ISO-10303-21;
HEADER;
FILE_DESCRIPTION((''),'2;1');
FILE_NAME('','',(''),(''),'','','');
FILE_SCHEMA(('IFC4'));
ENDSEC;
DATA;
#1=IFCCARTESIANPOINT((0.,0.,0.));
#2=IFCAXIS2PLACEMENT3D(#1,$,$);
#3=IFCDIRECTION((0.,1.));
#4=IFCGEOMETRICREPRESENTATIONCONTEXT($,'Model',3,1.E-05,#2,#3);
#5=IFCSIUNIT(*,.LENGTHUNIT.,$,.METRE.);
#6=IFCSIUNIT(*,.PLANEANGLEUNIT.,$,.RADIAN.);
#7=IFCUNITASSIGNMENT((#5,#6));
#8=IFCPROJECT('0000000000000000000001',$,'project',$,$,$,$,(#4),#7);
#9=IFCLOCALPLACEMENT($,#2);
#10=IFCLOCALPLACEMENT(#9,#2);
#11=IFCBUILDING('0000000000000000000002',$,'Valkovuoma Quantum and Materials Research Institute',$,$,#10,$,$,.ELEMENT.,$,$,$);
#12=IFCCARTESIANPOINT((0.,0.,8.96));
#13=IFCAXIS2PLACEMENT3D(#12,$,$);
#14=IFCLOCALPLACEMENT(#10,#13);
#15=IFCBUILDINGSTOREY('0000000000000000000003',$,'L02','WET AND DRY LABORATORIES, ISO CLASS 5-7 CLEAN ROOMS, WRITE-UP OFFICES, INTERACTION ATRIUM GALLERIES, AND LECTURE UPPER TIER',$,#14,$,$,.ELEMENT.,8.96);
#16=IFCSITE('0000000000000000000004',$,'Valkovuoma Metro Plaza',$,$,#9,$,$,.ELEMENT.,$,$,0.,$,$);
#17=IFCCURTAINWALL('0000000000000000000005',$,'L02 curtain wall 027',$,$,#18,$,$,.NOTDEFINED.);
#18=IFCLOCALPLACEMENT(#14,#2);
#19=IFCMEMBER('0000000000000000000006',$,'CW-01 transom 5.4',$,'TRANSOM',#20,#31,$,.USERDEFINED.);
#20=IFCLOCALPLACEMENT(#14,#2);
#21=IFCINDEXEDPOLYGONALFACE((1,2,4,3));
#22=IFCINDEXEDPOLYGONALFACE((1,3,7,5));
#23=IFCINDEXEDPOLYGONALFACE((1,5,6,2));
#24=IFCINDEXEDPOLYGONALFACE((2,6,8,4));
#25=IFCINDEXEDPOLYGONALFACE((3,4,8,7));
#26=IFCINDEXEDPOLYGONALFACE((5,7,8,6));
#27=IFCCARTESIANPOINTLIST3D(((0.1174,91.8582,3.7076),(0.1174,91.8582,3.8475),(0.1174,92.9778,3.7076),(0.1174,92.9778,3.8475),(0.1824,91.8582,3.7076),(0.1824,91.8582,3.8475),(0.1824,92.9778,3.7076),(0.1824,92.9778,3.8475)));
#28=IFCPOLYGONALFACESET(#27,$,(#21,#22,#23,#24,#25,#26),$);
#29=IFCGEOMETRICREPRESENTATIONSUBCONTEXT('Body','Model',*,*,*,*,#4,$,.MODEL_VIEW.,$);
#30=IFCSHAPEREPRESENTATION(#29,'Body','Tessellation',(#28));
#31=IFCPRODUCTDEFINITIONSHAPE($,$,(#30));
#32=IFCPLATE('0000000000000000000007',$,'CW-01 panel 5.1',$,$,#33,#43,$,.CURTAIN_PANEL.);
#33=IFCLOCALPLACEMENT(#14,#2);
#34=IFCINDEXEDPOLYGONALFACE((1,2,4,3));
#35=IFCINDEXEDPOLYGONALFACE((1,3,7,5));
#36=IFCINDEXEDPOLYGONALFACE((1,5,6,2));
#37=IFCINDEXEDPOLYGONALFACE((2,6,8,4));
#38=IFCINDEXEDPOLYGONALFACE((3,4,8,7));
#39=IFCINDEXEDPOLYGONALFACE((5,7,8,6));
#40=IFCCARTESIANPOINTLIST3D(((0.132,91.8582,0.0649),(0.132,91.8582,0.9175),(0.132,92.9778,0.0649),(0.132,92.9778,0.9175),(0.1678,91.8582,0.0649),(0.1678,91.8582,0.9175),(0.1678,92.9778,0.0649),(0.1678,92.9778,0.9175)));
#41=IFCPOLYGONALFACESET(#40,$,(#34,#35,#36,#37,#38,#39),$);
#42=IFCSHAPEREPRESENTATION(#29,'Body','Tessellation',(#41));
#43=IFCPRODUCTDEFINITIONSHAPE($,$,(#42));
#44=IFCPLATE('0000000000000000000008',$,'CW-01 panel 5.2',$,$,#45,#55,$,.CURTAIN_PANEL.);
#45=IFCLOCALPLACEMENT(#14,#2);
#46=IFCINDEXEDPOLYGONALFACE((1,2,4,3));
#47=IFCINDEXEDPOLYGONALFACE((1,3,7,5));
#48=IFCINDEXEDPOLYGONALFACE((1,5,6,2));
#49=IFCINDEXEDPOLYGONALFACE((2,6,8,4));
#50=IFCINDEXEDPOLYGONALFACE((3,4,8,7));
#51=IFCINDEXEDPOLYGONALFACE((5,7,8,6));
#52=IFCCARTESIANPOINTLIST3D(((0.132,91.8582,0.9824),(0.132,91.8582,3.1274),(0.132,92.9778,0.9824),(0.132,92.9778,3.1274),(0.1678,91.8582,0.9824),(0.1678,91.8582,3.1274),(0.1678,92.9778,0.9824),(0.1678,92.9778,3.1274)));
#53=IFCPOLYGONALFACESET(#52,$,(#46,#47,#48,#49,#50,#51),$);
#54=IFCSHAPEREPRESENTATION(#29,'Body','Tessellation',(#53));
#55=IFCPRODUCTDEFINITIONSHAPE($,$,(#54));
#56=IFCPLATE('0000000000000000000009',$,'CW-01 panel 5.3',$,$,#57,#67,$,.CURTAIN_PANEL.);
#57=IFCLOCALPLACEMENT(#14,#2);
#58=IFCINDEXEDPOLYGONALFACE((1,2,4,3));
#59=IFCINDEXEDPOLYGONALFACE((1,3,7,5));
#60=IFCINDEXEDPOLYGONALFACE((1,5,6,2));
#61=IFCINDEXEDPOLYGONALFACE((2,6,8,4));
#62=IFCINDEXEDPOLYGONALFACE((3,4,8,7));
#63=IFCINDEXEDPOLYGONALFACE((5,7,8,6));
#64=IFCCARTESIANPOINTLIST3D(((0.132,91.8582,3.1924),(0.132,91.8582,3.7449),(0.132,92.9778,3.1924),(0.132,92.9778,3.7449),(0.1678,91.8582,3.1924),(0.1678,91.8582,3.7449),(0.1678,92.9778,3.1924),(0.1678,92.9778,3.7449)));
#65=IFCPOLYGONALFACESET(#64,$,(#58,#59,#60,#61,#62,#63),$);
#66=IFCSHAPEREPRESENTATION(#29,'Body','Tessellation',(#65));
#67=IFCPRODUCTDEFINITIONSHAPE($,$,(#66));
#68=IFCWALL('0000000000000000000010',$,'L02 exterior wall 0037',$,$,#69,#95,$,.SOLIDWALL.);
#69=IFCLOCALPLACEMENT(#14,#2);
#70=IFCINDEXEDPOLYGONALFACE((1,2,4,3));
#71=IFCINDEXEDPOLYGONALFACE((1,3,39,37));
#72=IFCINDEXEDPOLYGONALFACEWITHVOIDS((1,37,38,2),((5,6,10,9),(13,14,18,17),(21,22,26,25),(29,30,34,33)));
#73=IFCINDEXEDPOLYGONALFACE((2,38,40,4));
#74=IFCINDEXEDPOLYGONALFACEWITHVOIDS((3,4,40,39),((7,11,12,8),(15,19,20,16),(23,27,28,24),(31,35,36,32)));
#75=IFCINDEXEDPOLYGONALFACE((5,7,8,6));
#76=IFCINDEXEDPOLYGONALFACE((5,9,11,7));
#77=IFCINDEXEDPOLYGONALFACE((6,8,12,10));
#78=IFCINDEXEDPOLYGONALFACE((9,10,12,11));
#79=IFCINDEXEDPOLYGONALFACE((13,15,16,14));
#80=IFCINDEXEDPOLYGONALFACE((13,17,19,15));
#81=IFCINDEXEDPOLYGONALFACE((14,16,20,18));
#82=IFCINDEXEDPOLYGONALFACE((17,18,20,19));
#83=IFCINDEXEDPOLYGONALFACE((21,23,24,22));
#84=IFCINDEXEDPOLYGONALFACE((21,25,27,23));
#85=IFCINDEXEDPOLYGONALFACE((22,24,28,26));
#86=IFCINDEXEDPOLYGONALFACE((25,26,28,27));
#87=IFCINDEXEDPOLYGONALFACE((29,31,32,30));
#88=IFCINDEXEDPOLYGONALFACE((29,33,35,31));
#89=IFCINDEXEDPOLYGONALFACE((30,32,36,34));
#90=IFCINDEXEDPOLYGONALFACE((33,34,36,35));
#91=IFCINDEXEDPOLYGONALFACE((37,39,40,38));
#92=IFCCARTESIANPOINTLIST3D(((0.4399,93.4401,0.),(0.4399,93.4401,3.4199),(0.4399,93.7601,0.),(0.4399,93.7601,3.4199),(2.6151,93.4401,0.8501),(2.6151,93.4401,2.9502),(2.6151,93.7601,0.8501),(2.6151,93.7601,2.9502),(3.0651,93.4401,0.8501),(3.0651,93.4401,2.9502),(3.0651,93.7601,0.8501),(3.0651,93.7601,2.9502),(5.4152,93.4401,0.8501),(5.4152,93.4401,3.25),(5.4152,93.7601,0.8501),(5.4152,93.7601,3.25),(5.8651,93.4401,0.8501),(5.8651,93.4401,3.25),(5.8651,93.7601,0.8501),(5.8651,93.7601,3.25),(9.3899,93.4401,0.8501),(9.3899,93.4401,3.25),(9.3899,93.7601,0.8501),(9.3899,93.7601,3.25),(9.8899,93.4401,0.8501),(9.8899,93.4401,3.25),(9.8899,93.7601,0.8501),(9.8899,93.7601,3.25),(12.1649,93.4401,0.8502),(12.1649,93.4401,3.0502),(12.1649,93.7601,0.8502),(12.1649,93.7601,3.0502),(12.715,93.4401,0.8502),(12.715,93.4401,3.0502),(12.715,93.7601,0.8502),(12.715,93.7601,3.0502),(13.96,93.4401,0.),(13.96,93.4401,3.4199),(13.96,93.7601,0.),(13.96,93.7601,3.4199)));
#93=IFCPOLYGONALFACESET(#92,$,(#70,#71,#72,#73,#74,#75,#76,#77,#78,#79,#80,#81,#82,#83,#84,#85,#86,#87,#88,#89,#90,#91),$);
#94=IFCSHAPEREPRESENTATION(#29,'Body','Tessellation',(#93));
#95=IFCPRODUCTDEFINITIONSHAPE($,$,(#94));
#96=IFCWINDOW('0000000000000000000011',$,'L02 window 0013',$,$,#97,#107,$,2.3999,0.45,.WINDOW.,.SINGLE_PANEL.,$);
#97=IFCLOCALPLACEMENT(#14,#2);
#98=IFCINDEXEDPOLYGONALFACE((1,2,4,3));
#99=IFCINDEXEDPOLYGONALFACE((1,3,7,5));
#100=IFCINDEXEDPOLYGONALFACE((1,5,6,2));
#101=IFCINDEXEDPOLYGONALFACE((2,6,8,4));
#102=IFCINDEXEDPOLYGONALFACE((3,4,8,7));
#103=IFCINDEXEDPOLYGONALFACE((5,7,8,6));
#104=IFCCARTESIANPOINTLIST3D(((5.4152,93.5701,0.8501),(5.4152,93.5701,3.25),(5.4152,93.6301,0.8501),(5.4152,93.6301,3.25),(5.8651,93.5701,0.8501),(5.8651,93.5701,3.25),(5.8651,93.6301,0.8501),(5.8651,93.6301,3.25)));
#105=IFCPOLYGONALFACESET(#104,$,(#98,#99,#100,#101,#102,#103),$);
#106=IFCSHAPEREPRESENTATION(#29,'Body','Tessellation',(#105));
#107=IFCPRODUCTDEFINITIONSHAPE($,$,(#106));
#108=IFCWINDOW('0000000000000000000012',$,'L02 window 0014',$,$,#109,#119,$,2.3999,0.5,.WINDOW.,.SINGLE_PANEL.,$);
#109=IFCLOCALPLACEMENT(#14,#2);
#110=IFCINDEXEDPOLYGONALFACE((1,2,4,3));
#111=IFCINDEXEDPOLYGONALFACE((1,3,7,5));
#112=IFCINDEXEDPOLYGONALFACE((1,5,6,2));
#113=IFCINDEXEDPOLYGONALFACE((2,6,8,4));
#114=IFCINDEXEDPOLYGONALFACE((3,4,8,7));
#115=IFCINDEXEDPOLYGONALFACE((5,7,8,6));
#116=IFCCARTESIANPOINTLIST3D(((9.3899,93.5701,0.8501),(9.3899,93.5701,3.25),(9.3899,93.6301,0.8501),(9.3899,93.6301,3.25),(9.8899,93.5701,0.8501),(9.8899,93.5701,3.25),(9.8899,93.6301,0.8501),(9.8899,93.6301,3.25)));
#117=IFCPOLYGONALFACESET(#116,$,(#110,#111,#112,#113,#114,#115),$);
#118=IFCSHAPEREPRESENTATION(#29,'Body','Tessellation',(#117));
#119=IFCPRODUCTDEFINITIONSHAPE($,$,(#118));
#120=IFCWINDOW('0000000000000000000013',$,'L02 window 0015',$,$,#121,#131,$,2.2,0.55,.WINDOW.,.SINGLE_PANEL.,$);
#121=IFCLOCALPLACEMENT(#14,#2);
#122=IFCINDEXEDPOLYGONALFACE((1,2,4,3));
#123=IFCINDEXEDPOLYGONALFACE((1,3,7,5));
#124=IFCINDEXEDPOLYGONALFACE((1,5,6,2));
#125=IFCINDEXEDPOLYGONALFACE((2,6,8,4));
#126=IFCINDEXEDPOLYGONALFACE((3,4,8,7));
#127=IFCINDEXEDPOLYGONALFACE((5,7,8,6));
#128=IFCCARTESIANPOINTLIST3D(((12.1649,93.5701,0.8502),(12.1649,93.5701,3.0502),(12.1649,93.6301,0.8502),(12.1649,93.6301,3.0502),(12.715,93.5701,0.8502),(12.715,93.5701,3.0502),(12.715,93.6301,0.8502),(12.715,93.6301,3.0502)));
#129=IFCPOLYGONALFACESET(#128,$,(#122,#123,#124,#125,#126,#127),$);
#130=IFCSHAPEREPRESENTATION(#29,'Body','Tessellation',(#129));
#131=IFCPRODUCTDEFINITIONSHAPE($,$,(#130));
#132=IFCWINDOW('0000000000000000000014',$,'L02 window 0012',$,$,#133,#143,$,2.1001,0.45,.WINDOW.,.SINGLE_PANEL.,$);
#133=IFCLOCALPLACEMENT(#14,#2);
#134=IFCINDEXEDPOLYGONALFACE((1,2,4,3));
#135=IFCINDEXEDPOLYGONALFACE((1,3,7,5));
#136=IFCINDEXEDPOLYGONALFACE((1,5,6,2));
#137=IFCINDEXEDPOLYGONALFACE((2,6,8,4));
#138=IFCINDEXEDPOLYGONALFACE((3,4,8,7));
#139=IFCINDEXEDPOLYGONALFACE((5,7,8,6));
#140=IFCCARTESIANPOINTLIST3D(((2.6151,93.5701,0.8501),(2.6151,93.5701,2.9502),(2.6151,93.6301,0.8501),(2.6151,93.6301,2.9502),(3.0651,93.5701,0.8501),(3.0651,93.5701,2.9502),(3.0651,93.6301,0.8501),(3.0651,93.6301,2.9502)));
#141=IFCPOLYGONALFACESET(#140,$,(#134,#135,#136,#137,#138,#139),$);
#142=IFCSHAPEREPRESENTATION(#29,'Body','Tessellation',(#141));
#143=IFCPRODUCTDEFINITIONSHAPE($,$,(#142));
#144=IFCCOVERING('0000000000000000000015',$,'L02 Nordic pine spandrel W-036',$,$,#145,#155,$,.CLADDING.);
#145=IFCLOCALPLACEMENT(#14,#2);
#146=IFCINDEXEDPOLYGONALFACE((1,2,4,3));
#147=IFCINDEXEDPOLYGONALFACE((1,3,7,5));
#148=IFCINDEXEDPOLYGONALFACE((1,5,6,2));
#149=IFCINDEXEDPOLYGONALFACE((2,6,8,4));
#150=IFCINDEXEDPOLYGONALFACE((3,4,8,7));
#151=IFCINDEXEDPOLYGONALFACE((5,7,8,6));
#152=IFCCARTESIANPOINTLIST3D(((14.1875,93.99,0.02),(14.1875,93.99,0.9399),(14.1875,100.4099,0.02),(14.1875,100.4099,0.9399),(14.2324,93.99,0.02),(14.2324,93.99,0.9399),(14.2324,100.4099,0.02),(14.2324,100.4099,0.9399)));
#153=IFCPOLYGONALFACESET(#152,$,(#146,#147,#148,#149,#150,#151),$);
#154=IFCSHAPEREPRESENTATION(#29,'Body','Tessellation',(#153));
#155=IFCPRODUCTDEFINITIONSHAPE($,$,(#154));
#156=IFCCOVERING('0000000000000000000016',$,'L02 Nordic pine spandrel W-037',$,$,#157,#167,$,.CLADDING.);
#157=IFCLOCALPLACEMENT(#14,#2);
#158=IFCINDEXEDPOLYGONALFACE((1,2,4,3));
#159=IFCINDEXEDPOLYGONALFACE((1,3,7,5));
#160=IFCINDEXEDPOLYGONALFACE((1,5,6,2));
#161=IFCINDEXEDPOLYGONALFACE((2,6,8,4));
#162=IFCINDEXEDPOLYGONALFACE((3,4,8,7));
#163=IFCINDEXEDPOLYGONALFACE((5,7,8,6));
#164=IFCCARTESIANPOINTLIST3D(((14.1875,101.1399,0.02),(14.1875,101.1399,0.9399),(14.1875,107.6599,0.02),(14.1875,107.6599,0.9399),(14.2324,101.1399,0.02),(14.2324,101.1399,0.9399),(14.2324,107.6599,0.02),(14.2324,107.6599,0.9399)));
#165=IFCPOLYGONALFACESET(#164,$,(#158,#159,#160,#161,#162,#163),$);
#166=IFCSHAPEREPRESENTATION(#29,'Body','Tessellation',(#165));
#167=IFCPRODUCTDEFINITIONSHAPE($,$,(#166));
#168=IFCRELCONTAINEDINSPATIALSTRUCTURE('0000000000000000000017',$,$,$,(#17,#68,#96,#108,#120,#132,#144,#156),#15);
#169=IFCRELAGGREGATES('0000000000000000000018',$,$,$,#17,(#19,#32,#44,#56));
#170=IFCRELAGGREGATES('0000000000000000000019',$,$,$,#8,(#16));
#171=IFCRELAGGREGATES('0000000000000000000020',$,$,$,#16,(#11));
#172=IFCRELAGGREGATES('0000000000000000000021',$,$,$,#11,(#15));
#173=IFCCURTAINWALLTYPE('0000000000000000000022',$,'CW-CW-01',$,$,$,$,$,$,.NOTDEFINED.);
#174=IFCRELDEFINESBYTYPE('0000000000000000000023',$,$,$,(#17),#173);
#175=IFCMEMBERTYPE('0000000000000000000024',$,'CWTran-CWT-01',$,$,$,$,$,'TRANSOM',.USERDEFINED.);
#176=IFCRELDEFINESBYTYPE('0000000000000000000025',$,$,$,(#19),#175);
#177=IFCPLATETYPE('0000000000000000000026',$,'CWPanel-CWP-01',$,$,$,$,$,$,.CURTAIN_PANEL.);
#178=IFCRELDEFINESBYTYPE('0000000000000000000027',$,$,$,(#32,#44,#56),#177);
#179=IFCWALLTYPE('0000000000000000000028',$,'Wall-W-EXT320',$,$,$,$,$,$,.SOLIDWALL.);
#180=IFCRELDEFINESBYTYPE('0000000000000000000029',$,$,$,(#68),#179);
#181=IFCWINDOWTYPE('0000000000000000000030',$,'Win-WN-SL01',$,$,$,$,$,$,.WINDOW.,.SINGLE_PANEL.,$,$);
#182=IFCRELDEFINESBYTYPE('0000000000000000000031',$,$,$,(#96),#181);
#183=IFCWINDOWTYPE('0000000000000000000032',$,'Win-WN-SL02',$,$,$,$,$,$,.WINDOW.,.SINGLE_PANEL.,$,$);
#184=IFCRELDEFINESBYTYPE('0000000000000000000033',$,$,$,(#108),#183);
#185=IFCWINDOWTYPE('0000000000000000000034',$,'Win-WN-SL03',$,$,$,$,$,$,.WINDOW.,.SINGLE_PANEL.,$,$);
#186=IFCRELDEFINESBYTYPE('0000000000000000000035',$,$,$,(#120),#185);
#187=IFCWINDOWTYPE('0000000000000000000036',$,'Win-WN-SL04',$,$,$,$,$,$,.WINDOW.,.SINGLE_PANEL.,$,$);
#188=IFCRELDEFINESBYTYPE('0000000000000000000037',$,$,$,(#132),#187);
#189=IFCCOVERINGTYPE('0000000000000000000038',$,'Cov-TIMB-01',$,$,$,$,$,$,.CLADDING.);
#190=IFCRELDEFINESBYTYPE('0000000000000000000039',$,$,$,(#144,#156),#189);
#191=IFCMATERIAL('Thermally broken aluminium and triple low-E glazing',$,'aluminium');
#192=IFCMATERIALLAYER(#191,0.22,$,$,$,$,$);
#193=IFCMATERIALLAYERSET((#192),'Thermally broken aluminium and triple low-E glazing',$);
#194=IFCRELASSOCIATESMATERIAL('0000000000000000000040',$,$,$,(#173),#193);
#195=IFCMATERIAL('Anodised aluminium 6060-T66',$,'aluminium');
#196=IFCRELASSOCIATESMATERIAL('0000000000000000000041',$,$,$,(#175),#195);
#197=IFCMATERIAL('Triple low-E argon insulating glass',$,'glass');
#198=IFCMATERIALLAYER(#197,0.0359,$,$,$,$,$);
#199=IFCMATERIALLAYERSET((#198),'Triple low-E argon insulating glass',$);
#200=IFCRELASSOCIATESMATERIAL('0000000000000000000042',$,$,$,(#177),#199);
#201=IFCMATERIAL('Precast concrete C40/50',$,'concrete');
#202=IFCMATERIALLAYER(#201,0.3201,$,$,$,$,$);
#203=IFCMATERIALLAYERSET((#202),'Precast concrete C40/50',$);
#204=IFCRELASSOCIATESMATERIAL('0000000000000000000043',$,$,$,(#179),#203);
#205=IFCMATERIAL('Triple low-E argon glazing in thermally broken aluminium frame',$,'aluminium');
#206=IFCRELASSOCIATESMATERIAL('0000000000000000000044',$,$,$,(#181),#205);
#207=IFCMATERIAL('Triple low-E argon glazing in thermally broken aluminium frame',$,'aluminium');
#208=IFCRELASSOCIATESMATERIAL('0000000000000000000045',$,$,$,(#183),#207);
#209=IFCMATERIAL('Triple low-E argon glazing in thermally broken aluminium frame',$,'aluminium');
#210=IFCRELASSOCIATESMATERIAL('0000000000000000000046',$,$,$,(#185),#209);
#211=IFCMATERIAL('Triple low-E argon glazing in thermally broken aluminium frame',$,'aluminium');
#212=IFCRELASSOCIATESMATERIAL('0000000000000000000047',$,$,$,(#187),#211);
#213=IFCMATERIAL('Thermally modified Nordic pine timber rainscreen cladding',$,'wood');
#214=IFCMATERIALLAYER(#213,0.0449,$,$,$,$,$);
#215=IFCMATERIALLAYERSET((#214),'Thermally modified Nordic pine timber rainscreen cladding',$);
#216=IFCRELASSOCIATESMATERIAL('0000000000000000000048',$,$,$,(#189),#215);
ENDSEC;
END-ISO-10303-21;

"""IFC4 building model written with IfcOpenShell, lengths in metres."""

from ifc_helpers import new_model, si_unit, direction, frame, frame_2d, origin, origin_2d, place, context, subcontext, project, spatial, rectangle, extrude, material, layer, layer_set, material_profile, profile_set, type_object, element, fill, aggregate, save


model = new_model("IFC4")

# Units and contexts
model_context = context("Model", 3, precision=1e-05, world=origin(), true_north=direction((0.0, 1.0)))
body_context = subcontext(model_context, "Body", "Model", "MODEL_VIEW")
ifc_project = project(units=[si_unit("LENGTHUNIT", "METRE"), si_unit("PLANEANGLEUNIT", "RADIAN")], contexts=[model_context])

# Site, building, storey
site_placement = place(None, origin())
site = spatial("IfcSite", under=ifc_project, at=site_placement, Name="Valkovuoma Metro Plaza", CompositionType="ELEMENT", RefElevation=0.0)
building_placement = place(site_placement, origin())
building = spatial("IfcBuilding", under=site, at=building_placement, Name="Valkovuoma Quantum and Materials Research Institute", CompositionType="ELEMENT")
storey_placement = place(building_placement, frame((0.0, 0.0, 8.96)))
storey = spatial("IfcBuildingStorey", under=building, at=storey_placement, Name="L02", Description="WET AND DRY LABORATORIES, ISO CLASS 5-7 CLEAN ROOMS, WRITE-UP OFFICES, INTERACTION ATRIUM GALLERIES, AND LECTURE UPPER TIER", CompositionType="ELEMENT", Elevation=8.96)

# Curtain wall, member, plates
ifc_material_1 = material(Name="Thermally broken aluminium and triple low-E glazing", Category="aluminium")
ifc_layer_1 = layer(ifc_material_1, 0.22)
ifc_layer_set_1 = layer_set([ifc_layer_1], Name="Thermally broken aluminium and triple low-E glazing")
curtain_wall_type = type_object("IfcCurtainWallType", Name="CW-CW-01", PredefinedType="NOTDEFINED", material=ifc_layer_set_1)
curtain_wall_placement = place(storey_placement, origin())
curtain_wall = element("IfcCurtainWall", 1, at=curtain_wall_placement, inside=storey, type_object=curtain_wall_type, Name="L02 curtain wall 027", PredefinedType="NOTDEFINED")
ifc_material_2 = material(Name="Anodised aluminium 6060-T66", Category="aluminium")
ifc_material_profile_1 = material_profile(ifc_material_2, rectangle(XDim=0.0649, YDim=0.1399, at=origin_2d()), Name="Anodised aluminium 6060-T66")
ifc_profile_set_1 = profile_set([ifc_material_profile_1], Name="Anodised aluminium 6060-T66")
member_type_1 = type_object("IfcMemberType", Name="CWTran-CWT-01", ElementType="TRANSOM", PredefinedType="USERDEFINED", material=ifc_profile_set_1)
member_1_placement = place(storey_placement, frame((0.1499, 91.8582, 3.7776), z_axis=(0.0, 1.0, 0.0), x_axis=(-1.0, 0.0, 0.0)))
member_1 = element("IfcMember", 2, at=member_1_placement, type_object=member_type_1, Name="CW-01 transom 5.4", ObjectType="TRANSOM", PredefinedType="USERDEFINED", context=body_context, shape_type="SweptSolid", body=[
    extrude(rectangle(XDim=0.0649, YDim=0.1399, at=origin_2d()), origin(), (0.0, 0.0, 1.0), 1.1196),
])
ifc_material_3 = material(Name="Triple low-E argon insulating glass", Category="glass")
ifc_layer_2 = layer(ifc_material_3, 0.0359)
ifc_layer_set_2 = layer_set([ifc_layer_2], Name="Triple low-E argon insulating glass")
plate_type = type_object("IfcPlateType", Name="CWPanel-CWP-01", PredefinedType="CURTAIN_PANEL", material=ifc_layer_set_2)
plate_1_placement = place(storey_placement, frame((0.1499, 92.418, 0.0649), z_axis=(0.0, 0.0, 1.0), x_axis=(0.0, 1.0, 0.0)))
plate_1 = element("IfcPlate", 3, at=plate_1_placement, type_object=plate_type, Name="CW-01 panel 5.1", PredefinedType="CURTAIN_PANEL", context=body_context, shape_type="SweptSolid", body=[
    extrude(rectangle(XDim=1.1196, YDim=0.0359, at=origin_2d()), origin(), (0.0, 0.0, 1.0), 0.8525),
])
plate_2_placement = place(storey_placement, frame((0.1499, 92.418, 0.9824), z_axis=(0.0, 0.0, 1.0), x_axis=(0.0, 1.0, 0.0)))
plate_2 = element("IfcPlate", 4, at=plate_2_placement, type_object=plate_type, Name="CW-01 panel 5.2", PredefinedType="CURTAIN_PANEL", context=body_context, shape_type="SweptSolid", body=[
    extrude(rectangle(XDim=1.1196, YDim=0.0359, at=origin_2d()), origin(), (0.0, 0.0, 1.0), 2.145),
])
plate_3_placement = place(storey_placement, frame((0.1499, 92.418, 3.1924), z_axis=(0.0, 0.0, 1.0), x_axis=(0.0, 1.0, 0.0)))
plate_3 = element("IfcPlate", 5, at=plate_3_placement, type_object=plate_type, Name="CW-01 panel 5.3", PredefinedType="CURTAIN_PANEL", context=body_context, shape_type="SweptSolid", body=[
    extrude(rectangle(XDim=1.1196, YDim=0.0359, at=origin_2d()), origin(), (0.0, 0.0, 1.0), 0.5525),
])
aggregate(curtain_wall, [member_1, plate_1, plate_2, plate_3])

# Wall, openings, windows
ifc_material_4 = material(Name="Precast concrete C40/50", Category="concrete")
ifc_layer_3 = layer(ifc_material_4, 0.3201)
ifc_layer_set_3 = layer_set([ifc_layer_3], Name="Precast concrete C40/50")
wall_type = type_object("IfcWallType", Name="Wall-W-EXT320", PredefinedType="SOLIDWALL", material=ifc_layer_set_3)
wall_placement = place(storey_placement, frame((0.4399, 93.6001, 0.0), z_axis=(0.0, 0.0, 1.0), x_axis=(1.0, 0.0, 0.0)))
wall = element("IfcWall", 6, at=wall_placement, inside=storey, type_object=wall_type, Name="L02 exterior wall 0037", PredefinedType="SOLIDWALL", context=body_context, shape_type="SweptSolid", body=[
    extrude(rectangle(XDim=13.52, YDim=0.3201, at=frame_2d((6.76, 0.0))), origin(), (0.0, 0.0, 1.0), 3.4199),
])
opening_1_placement = place(wall_placement, frame((2.175, 0.0, 0.8501)))
opening_1 = element("IfcOpeningElement", 7, at=opening_1_placement, cuts=wall, PredefinedType="OPENING", context=body_context, shape_type="SweptSolid", body=[
    extrude(rectangle(XDim=0.45, YDim=2.1001, at=frame_2d((0.2251, 1.05))), frame((0.0, 0.1699, 0.0), z_axis=(0.0, -1.0, 0.0), x_axis=(1.0, 0.0, 0.0)), (0.0, 0.0, 1.0), 0.3401),
])
opening_2_placement = place(wall_placement, frame((4.9751, 0.0, 0.8501)))
opening_2 = element("IfcOpeningElement", 8, at=opening_2_placement, cuts=wall, PredefinedType="OPENING", context=body_context, shape_type="SweptSolid", body=[
    extrude(rectangle(XDim=0.45, YDim=2.3999, at=frame_2d((0.2251, 1.2))), frame((0.0, 0.1699, 0.0), z_axis=(0.0, -1.0, 0.0), x_axis=(1.0, 0.0, 0.0)), (0.0, 0.0, 1.0), 0.3401),
])
opening_3_placement = place(wall_placement, frame((8.95, 0.0, 0.8501)))
opening_3 = element("IfcOpeningElement", 9, at=opening_3_placement, cuts=wall, PredefinedType="OPENING", context=body_context, shape_type="SweptSolid", body=[
    extrude(rectangle(XDim=0.5, YDim=2.3999, at=frame_2d((0.25, 1.2))), frame((0.0, 0.1699, 0.0), z_axis=(0.0, -1.0, 0.0), x_axis=(1.0, 0.0, 0.0)), (0.0, 0.0, 1.0), 0.3401),
])
opening_4_placement = place(wall_placement, frame((11.7251, 0.0, 0.8501)))
opening_4 = element("IfcOpeningElement", 10, at=opening_4_placement, cuts=wall, PredefinedType="OPENING", context=body_context, shape_type="SweptSolid", body=[
    extrude(rectangle(XDim=0.55, YDim=2.2, at=frame_2d((0.2749, 1.1001))), frame((0.0, 0.1699, 0.0), z_axis=(0.0, -1.0, 0.0), x_axis=(1.0, 0.0, 0.0)), (0.0, 0.0, 1.0), 0.3401),
])
ifc_material_5 = material(Name="Triple low-E argon glazing in thermally broken aluminium frame", Category="aluminium")
window_type_1 = type_object("IfcWindowType", Name="Win-WN-SL01", PartitioningType="SINGLE_PANEL", PredefinedType="WINDOW", material=ifc_material_5)
window_1_placement = place(opening_2_placement, origin())
window_1 = element("IfcWindow", 11, at=window_1_placement, inside=storey, type_object=window_type_1, Name="L02 window 0013", OverallHeight=2.3999, OverallWidth=0.45, PartitioningType="SINGLE_PANEL", PredefinedType="WINDOW", context=body_context, shape_type="SweptSolid", body=[
    extrude(rectangle(XDim=0.45, YDim=2.3999, at=frame_2d((0.2251, 1.2))), frame((0.0, 0.03, 0.0), z_axis=(0.0, -1.0, 0.0), x_axis=(1.0, 0.0, 0.0)), (0.0, 0.0, 1.0), 0.0601),
])
fill(opening_2, window_1)
ifc_material_6 = material(Name="Triple low-E argon glazing in thermally broken aluminium frame", Category="aluminium")
window_type_2 = type_object("IfcWindowType", Name="Win-WN-SL02", PartitioningType="SINGLE_PANEL", PredefinedType="WINDOW", material=ifc_material_6)
window_2_placement = place(opening_3_placement, origin())
window_2 = element("IfcWindow", 12, at=window_2_placement, inside=storey, type_object=window_type_2, Name="L02 window 0014", OverallHeight=2.3999, OverallWidth=0.5, PartitioningType="SINGLE_PANEL", PredefinedType="WINDOW", context=body_context, shape_type="SweptSolid", body=[
    extrude(rectangle(XDim=0.5, YDim=2.3999, at=frame_2d((0.25, 1.2))), frame((0.0, 0.03, 0.0), z_axis=(0.0, -1.0, 0.0), x_axis=(1.0, 0.0, 0.0)), (0.0, 0.0, 1.0), 0.0601),
])
fill(opening_3, window_2)
ifc_material_7 = material(Name="Triple low-E argon glazing in thermally broken aluminium frame", Category="aluminium")
window_type_3 = type_object("IfcWindowType", Name="Win-WN-SL03", PartitioningType="SINGLE_PANEL", PredefinedType="WINDOW", material=ifc_material_7)
window_3_placement = place(opening_4_placement, origin())
window_3 = element("IfcWindow", 13, at=window_3_placement, inside=storey, type_object=window_type_3, Name="L02 window 0015", OverallHeight=2.2, OverallWidth=0.55, PartitioningType="SINGLE_PANEL", PredefinedType="WINDOW", context=body_context, shape_type="SweptSolid", body=[
    extrude(rectangle(XDim=0.55, YDim=2.2, at=frame_2d((0.2749, 1.1001))), frame((0.0, 0.03, 0.0), z_axis=(0.0, -1.0, 0.0), x_axis=(1.0, 0.0, 0.0)), (0.0, 0.0, 1.0), 0.0601),
])
fill(opening_4, window_3)
ifc_material_8 = material(Name="Triple low-E argon glazing in thermally broken aluminium frame", Category="aluminium")
window_type_4 = type_object("IfcWindowType", Name="Win-WN-SL04", PartitioningType="SINGLE_PANEL", PredefinedType="WINDOW", material=ifc_material_8)
window_4_placement = place(opening_1_placement, origin())
window_4 = element("IfcWindow", 14, at=window_4_placement, inside=storey, type_object=window_type_4, Name="L02 window 0012", OverallHeight=2.1001, OverallWidth=0.45, PartitioningType="SINGLE_PANEL", PredefinedType="WINDOW", context=body_context, shape_type="SweptSolid", body=[
    extrude(rectangle(XDim=0.45, YDim=2.1001, at=frame_2d((0.2251, 1.05))), frame((0.0, 0.03, 0.0), z_axis=(0.0, -1.0, 0.0), x_axis=(1.0, 0.0, 0.0)), (0.0, 0.0, 1.0), 0.0601),
])
fill(opening_1, window_4)

# Coverings
ifc_material_9 = material(Name="Thermally modified Nordic pine timber rainscreen cladding", Category="wood")
ifc_layer_4 = layer(ifc_material_9, 0.0449)
ifc_layer_set_4 = layer_set([ifc_layer_4], Name="Thermally modified Nordic pine timber rainscreen cladding")
covering_type_1 = type_object("IfcCoveringType", Name="Cov-TIMB-01", PredefinedType="CLADDING", material=ifc_layer_set_4)
covering_1_placement = place(storey_placement, frame((14.21, 97.2, 0.02), z_axis=(0.0, 0.0, 1.0), x_axis=(1.0, 0.0, 0.0)))
element("IfcCovering", 15, at=covering_1_placement, inside=storey, type_object=covering_type_1, Name="L02 Nordic pine spandrel W-036", PredefinedType="CLADDING", context=body_context, shape_type="SweptSolid", body=[
    extrude(rectangle(XDim=0.0449, YDim=6.4199, at=origin_2d()), origin(), (0.0, 0.0, 1.0), 0.9199),
])
covering_2_placement = place(storey_placement, frame((14.21, 104.3999, 0.02), z_axis=(0.0, 0.0, 1.0), x_axis=(1.0, 0.0, 0.0)))
element("IfcCovering", 16, at=covering_2_placement, inside=storey, type_object=covering_type_1, Name="L02 Nordic pine spandrel W-037", PredefinedType="CLADDING", context=body_context, shape_type="SweptSolid", body=[
    extrude(rectangle(XDim=0.0449, YDim=6.52, at=origin_2d()), origin(), (0.0, 0.0, 1.0), 0.9199),
])

save(model, "model.ifc")
